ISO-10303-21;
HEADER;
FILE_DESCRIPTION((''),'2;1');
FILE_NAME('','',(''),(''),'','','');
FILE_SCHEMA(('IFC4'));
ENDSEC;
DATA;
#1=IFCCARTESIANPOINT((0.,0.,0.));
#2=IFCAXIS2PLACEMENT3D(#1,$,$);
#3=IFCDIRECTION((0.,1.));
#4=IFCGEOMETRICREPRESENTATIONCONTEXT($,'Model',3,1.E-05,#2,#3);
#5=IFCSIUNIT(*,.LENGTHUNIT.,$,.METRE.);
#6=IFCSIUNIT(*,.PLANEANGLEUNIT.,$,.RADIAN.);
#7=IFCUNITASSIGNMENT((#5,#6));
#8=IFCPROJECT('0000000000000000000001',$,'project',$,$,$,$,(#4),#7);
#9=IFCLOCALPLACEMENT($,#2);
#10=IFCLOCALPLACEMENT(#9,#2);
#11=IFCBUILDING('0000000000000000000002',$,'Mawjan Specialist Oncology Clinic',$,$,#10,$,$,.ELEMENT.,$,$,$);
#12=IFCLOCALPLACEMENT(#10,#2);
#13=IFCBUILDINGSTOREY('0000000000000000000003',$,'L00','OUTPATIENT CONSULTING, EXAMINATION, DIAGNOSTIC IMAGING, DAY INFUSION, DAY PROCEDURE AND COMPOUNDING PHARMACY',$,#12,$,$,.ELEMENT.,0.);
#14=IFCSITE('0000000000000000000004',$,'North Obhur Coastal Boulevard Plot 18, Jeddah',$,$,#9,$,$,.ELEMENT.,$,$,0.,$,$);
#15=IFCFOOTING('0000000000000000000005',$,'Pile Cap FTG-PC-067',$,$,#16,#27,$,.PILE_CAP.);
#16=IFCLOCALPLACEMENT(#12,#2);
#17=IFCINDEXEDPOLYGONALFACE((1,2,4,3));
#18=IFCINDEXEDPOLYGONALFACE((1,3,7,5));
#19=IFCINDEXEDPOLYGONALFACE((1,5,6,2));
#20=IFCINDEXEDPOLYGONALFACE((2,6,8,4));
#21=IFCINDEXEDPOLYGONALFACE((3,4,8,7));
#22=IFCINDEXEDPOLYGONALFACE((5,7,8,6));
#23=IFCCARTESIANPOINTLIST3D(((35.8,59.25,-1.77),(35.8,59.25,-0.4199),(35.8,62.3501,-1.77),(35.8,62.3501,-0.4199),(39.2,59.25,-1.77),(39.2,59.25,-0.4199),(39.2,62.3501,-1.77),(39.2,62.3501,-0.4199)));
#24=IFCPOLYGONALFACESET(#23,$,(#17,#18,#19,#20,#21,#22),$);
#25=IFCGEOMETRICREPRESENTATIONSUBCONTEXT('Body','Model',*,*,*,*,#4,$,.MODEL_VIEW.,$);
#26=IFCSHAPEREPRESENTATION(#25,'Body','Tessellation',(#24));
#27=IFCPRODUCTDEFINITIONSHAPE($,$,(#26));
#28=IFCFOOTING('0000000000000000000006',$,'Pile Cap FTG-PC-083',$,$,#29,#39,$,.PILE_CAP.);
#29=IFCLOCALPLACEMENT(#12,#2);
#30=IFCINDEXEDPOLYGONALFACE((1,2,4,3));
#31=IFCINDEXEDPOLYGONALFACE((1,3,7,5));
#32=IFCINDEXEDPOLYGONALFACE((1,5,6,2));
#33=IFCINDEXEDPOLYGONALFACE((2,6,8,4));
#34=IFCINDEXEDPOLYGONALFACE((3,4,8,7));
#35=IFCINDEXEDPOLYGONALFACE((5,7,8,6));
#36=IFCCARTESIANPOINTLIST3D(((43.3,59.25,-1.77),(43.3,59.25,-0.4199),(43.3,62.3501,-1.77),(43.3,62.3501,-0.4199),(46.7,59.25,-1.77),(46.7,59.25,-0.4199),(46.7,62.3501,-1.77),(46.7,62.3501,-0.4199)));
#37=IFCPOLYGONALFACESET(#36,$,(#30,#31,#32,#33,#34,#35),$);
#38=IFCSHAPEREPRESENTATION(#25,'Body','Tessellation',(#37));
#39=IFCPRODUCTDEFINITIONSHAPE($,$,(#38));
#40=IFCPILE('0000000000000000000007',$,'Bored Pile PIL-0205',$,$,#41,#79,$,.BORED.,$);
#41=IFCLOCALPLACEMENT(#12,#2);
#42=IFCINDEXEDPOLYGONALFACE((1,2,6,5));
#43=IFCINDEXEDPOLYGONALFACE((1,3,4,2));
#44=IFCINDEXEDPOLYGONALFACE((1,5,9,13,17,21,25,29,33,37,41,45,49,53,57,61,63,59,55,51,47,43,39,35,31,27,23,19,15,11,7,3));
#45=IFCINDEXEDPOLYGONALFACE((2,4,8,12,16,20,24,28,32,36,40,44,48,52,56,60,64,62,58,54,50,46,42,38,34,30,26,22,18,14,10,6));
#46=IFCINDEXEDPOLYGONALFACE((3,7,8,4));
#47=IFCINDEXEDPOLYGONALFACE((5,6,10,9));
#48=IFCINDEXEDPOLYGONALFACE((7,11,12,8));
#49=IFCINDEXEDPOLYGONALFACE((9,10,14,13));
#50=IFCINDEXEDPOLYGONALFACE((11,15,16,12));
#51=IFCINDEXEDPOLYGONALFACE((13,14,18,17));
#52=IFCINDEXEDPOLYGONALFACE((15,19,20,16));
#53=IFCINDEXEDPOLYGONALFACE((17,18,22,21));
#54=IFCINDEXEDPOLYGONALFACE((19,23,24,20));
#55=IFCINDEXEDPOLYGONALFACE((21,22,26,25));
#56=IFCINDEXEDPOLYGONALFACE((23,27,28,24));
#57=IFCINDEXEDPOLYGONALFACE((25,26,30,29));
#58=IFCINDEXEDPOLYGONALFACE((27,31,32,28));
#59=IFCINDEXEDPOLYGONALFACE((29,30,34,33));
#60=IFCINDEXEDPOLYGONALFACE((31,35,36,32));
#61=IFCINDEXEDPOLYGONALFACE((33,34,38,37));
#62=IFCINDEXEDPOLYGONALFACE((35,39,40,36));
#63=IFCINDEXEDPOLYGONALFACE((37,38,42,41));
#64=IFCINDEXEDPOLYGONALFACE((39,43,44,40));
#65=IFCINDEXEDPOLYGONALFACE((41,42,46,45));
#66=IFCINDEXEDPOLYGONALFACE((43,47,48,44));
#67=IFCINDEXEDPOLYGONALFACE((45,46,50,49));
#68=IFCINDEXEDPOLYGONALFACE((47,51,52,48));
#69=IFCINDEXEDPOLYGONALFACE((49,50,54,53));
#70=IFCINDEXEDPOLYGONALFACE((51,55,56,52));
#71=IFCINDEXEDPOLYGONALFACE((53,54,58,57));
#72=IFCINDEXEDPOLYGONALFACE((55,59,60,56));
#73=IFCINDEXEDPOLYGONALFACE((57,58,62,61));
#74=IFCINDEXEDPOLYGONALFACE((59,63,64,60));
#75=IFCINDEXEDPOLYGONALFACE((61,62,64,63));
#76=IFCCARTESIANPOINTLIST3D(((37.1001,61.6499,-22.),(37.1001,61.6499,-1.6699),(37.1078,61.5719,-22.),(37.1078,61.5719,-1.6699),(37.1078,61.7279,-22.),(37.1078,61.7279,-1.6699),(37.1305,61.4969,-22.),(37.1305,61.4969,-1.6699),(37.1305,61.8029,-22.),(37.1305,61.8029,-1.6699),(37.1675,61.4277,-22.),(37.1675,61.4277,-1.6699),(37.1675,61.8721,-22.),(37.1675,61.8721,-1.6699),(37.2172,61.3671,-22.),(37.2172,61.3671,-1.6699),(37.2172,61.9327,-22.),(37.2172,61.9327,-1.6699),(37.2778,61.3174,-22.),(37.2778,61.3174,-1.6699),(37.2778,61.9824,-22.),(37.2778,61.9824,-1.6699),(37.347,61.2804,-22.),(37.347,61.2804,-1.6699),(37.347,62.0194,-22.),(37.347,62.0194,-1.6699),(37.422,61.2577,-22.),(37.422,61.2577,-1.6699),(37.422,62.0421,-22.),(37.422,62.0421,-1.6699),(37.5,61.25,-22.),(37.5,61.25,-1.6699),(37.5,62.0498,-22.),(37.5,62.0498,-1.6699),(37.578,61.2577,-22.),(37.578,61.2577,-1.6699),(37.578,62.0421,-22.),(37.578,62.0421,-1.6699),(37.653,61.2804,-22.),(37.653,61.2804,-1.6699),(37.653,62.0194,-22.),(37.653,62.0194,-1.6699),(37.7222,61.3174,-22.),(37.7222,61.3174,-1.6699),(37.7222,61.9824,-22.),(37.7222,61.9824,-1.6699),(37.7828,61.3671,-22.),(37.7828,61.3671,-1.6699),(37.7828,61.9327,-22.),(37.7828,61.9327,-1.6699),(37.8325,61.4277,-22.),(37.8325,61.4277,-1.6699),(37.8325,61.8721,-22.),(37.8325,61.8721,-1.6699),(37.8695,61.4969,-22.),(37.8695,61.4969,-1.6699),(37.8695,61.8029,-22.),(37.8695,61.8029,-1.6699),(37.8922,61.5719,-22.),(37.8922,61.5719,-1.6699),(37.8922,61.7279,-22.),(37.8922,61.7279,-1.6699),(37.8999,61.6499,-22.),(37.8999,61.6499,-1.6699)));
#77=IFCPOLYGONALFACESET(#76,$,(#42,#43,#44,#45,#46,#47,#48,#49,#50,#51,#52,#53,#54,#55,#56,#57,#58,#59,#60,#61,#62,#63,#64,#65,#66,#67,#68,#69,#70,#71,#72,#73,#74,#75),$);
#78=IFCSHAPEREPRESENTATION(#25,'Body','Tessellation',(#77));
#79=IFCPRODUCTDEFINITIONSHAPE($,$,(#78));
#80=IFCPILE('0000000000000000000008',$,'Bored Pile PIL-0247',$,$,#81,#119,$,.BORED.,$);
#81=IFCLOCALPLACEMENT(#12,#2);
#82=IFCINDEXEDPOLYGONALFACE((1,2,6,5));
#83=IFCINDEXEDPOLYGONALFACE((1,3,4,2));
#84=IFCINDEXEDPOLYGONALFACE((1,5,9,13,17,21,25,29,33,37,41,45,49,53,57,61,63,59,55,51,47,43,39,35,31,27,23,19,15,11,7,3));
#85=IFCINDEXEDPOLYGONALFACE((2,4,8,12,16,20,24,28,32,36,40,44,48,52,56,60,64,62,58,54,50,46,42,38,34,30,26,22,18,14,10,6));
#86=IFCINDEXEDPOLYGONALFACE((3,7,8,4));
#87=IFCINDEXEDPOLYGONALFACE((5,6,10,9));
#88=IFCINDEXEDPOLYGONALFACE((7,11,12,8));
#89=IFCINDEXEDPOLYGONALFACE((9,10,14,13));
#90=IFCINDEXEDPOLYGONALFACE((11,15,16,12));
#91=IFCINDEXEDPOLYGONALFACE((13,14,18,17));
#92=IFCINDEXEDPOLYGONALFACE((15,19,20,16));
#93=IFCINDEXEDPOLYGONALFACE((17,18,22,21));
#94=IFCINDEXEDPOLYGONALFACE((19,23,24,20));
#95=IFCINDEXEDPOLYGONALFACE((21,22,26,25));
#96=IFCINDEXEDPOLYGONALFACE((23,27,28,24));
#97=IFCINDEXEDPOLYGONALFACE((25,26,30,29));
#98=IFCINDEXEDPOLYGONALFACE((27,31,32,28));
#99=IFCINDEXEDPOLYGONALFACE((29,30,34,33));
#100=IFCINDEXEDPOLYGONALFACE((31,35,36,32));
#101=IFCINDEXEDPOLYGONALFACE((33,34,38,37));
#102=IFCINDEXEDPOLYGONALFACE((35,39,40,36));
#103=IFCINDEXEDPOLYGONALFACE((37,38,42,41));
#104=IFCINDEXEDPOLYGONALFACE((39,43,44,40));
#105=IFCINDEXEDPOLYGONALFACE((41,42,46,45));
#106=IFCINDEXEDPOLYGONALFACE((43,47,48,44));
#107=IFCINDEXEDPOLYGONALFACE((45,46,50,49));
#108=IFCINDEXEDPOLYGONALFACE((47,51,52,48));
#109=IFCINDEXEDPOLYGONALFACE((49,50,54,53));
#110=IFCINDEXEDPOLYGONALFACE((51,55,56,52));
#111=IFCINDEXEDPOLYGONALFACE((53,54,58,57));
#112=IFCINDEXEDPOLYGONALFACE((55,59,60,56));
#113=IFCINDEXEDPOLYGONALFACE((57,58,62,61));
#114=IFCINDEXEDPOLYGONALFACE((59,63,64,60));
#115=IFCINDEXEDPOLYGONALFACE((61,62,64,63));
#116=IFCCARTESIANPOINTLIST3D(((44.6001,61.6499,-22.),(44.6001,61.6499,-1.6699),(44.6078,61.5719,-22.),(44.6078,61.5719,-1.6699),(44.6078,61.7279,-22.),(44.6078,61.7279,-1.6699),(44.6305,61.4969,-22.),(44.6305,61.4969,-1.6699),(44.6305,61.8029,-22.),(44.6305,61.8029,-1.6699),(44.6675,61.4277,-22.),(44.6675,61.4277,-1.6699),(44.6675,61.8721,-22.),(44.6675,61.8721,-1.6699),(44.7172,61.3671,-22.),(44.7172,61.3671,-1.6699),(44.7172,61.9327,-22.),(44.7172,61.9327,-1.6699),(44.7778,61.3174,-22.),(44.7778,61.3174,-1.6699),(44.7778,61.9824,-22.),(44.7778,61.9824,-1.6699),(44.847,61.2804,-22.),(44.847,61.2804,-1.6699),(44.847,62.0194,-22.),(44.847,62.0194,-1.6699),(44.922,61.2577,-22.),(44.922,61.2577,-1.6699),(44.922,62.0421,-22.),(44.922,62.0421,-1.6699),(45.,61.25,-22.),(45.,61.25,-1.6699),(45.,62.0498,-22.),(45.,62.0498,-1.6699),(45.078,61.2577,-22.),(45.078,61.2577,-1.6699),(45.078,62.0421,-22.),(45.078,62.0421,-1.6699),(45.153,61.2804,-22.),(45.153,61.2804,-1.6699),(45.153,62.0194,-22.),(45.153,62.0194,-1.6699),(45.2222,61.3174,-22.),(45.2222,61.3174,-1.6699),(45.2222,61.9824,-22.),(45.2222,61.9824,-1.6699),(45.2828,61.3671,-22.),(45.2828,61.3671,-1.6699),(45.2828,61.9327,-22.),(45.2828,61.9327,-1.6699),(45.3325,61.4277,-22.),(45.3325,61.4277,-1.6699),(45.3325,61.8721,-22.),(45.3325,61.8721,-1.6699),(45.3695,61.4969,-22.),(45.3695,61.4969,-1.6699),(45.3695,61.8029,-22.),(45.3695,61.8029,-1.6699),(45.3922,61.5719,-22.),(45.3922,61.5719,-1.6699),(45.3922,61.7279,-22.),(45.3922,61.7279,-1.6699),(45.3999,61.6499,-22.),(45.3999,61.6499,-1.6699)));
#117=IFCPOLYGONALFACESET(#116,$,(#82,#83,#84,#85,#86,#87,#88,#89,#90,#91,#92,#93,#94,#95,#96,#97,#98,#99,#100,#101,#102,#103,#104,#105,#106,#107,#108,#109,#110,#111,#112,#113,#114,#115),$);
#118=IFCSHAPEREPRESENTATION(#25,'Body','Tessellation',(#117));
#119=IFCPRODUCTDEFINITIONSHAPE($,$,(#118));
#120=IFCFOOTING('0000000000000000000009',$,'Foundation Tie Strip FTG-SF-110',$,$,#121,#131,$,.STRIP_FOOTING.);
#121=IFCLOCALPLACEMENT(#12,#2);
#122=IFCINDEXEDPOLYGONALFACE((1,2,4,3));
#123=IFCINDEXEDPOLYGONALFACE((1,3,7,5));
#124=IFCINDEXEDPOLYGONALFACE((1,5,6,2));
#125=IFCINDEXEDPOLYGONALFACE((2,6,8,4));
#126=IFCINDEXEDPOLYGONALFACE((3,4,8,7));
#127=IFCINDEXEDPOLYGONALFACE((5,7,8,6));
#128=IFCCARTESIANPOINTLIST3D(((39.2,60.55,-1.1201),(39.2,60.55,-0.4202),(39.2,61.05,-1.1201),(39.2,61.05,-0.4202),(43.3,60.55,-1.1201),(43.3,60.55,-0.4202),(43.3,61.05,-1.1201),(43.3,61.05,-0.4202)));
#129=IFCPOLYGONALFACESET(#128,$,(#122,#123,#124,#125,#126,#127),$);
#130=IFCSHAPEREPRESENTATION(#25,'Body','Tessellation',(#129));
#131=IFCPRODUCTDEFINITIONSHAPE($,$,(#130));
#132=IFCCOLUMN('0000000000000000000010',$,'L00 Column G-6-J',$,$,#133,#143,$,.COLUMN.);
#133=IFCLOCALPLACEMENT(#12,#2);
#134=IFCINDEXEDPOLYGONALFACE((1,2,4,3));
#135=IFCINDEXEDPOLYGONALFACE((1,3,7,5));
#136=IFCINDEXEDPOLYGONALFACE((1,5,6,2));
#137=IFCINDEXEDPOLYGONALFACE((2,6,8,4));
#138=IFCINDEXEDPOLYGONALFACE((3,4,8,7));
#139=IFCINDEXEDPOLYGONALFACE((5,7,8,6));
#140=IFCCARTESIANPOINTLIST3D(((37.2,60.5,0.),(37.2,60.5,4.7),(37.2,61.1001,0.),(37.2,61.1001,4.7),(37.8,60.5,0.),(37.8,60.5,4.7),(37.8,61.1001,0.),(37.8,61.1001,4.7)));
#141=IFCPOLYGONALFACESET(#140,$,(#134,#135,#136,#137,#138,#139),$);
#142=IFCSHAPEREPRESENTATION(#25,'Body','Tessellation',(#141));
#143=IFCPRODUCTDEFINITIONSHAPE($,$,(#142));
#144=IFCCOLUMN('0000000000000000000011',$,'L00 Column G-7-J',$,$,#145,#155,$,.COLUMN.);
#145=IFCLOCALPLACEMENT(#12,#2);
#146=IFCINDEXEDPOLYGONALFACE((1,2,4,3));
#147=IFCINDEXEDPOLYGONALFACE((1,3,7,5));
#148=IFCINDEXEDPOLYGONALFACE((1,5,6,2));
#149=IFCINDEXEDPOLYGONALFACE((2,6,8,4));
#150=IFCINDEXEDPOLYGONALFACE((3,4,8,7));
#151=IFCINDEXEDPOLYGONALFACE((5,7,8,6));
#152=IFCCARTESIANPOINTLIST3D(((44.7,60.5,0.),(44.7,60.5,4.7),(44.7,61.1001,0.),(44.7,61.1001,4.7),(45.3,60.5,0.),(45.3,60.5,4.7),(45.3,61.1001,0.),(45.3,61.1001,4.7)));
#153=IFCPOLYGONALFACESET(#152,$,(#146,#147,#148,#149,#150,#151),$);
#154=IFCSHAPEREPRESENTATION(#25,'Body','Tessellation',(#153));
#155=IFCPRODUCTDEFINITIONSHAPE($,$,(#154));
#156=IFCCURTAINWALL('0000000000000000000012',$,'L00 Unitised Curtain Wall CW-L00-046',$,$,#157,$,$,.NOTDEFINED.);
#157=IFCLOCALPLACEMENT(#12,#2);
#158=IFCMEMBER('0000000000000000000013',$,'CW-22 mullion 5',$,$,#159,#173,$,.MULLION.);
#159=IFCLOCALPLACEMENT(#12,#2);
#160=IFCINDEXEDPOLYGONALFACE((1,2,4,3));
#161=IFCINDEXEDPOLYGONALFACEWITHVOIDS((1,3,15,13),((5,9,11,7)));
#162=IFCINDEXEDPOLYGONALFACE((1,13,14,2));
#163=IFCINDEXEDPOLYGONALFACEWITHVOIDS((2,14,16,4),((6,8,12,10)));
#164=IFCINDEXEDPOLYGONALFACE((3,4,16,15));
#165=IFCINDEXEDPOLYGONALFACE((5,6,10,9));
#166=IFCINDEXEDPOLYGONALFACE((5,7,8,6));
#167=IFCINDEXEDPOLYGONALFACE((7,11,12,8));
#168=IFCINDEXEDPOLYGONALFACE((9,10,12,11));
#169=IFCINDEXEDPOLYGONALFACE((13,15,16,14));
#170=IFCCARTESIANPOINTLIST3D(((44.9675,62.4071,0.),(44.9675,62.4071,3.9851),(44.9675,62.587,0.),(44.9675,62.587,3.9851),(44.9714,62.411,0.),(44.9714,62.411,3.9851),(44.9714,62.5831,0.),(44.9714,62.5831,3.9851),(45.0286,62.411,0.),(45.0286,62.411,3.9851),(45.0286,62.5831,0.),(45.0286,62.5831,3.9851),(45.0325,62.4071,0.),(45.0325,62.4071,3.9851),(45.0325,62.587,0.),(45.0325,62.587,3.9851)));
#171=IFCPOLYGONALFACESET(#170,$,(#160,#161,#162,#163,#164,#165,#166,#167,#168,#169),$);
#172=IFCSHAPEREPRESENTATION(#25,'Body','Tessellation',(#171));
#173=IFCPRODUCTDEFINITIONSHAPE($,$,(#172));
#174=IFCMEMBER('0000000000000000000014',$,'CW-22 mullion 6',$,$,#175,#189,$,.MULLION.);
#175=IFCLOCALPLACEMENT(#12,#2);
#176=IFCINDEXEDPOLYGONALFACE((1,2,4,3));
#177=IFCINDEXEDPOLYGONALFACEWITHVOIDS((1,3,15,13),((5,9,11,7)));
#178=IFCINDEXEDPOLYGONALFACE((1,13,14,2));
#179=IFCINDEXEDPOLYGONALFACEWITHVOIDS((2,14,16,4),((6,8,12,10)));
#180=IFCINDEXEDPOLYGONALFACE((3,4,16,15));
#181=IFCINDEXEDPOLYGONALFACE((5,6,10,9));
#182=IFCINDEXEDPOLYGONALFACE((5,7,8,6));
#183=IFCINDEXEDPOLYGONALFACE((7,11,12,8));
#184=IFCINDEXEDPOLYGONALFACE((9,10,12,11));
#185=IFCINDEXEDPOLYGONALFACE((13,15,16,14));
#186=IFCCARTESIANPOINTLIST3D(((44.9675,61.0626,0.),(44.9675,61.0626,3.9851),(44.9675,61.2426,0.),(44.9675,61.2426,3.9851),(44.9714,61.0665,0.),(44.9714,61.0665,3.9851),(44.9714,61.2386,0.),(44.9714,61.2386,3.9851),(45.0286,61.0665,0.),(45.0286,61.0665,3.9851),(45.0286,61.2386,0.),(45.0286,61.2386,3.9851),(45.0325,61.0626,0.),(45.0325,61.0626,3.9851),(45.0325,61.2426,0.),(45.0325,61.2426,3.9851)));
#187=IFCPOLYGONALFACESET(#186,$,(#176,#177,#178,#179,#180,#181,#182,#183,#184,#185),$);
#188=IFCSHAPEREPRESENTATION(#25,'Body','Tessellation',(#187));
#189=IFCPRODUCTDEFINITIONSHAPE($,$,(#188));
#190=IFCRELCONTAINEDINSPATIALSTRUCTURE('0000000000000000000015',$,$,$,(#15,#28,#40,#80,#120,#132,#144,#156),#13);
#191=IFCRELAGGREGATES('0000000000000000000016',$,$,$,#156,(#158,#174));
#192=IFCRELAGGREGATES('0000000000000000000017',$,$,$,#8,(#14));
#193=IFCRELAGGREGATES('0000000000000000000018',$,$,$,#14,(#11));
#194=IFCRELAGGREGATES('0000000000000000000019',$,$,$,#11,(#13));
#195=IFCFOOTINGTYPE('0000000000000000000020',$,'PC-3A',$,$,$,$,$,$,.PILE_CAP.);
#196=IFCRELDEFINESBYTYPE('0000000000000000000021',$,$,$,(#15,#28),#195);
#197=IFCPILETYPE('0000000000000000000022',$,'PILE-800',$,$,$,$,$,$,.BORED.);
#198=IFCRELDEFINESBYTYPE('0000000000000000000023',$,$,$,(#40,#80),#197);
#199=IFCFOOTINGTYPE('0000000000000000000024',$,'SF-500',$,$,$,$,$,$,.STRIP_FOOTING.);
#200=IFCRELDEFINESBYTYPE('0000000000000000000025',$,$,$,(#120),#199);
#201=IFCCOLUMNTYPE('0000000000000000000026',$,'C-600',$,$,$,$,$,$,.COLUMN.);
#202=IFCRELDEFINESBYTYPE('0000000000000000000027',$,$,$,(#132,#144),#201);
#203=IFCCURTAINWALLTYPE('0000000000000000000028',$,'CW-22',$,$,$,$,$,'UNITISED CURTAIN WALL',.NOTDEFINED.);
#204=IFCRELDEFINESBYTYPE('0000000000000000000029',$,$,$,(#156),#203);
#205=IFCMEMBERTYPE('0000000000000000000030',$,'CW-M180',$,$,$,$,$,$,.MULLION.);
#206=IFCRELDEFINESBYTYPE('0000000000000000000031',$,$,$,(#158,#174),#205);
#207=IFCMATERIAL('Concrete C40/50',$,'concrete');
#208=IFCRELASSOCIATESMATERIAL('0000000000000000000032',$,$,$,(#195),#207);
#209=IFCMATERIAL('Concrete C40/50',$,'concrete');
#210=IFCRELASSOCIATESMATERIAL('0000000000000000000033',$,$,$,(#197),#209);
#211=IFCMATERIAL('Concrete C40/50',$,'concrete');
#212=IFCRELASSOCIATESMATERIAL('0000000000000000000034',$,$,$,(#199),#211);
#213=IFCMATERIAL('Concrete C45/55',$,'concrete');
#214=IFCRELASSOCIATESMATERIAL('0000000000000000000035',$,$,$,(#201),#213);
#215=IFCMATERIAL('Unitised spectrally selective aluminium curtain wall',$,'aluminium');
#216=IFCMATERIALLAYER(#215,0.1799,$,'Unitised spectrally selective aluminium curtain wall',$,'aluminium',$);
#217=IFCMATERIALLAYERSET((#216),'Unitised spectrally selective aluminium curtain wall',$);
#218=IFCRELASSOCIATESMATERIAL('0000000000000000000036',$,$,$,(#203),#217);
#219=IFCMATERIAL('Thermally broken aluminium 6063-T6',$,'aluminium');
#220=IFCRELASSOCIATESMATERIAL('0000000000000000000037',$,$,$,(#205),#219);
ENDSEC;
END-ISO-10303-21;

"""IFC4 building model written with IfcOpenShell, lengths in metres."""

from ifc_helpers import new_model, si_unit, direction, frame, origin, origin_2d, place, context, subcontext, project, spatial, rectangle, hollow_rectangle, circle, extrude, material, layer, layer_set, material_profile, profile_set, type_object, element, aggregate, save


model = new_model("IFC4")

# Units and contexts
model_context = context("Model", 3, precision=1e-05, world=origin(), true_north=direction((0.0, 1.0)))
body_context = subcontext(model_context, "Body", "Model", "MODEL_VIEW")
ifc_project = project(units=[si_unit("LENGTHUNIT", "METRE"), si_unit("PLANEANGLEUNIT", "RADIAN")], contexts=[model_context])

# Site, building, storey
site_placement = place(None, origin())
site = spatial("IfcSite", under=ifc_project, at=site_placement, Name="North Obhur Coastal Boulevard Plot 18, Jeddah", CompositionType="ELEMENT", RefElevation=0.0)
building_placement = place(site_placement, origin())
building = spatial("IfcBuilding", under=site, at=building_placement, Name="Mawjan Specialist Oncology Clinic", CompositionType="ELEMENT")
storey_placement = place(building_placement, origin())
storey = spatial("IfcBuildingStorey", under=building, at=storey_placement, Name="L00", Description="OUTPATIENT CONSULTING, EXAMINATION, DIAGNOSTIC IMAGING, DAY INFUSION, DAY PROCEDURE AND COMPOUNDING PHARMACY", CompositionType="ELEMENT", Elevation=0.0)

# Footings
ifc_material_1 = material(Name="Concrete C40/50", Category="concrete")
footing_type_1 = type_object("IfcFootingType", Name="PC-3A", PredefinedType="PILE_CAP", material=ifc_material_1)
for number, where, z_axis, x_axis, name in (
    (1, (37.5, 60.8, -1.77), (0.0, 0.0, 1.0), (1.0, 0.0, 0.0), "Pile Cap FTG-PC-067"),
    (2, (45.0, 60.8, -1.77), (0.0, 0.0, 1.0), (1.0, 0.0, 0.0), "Pile Cap FTG-PC-083"),
):
    element("IfcFooting", number, at=place(storey_placement, frame(where, z_axis=z_axis, x_axis=x_axis)), inside=storey, type_object=footing_type_1, Name=name, PredefinedType="PILE_CAP", context=body_context, shape_type="SweptSolid", body=[
        extrude(rectangle(XDim=3.3999, YDim=3.1001, at=origin_2d()), origin(), (0.0, 0.0, 1.0), 1.3501),
    ])

# Piles
ifc_material_2 = material(Name="Concrete C40/50", Category="concrete")
ifc_material_profile_1 = material_profile(ifc_material_2, circle(Radius=0.3999, at=origin_2d()), Name="BORED PILE D800", Category="concrete")
ifc_profile_set_1 = profile_set([ifc_material_profile_1], Name="Concrete C40/50")
pile_type = type_object("IfcPileType", Name="PILE-800", PredefinedType="BORED", material=ifc_profile_set_1)
for number, where, z_axis, x_axis, name in (
    (3, (37.5, 61.6499, -1.6699), (0.0, 0.0, -1.0), (1.0, 0.0, 0.0), "Bored Pile PIL-0205"),
    (4, (45.0, 61.6499, -1.6699), (0.0, 0.0, -1.0), (1.0, 0.0, 0.0), "Bored Pile PIL-0247"),
):
    element("IfcPile", number, at=place(storey_placement, frame(where, z_axis=z_axis, x_axis=x_axis)), inside=storey, type_object=pile_type, Name=name, PredefinedType="BORED", context=body_context, shape_type="SweptSolid", body=[
        extrude(circle(Radius=0.3999, at=origin_2d()), origin(), (0.0, 0.0, 1.0), 20.3301),
    ])

# Footing
ifc_material_3 = material(Name="Concrete C40/50", Category="concrete")
footing_type_2 = type_object("IfcFootingType", Name="SF-500", PredefinedType="STRIP_FOOTING", material=ifc_material_3)
footing_placement = place(storey_placement, frame((41.25, 60.8, -1.1201), z_axis=(0.0, 0.0, 1.0), x_axis=(1.0, 0.0, 0.0)))
element("IfcFooting", 5, at=footing_placement, inside=storey, type_object=footing_type_2, Name="Foundation Tie Strip FTG-SF-110", PredefinedType="STRIP_FOOTING", context=body_context, shape_type="SweptSolid", body=[
    extrude(rectangle(XDim=4.1001, YDim=0.5, at=origin_2d()), origin(), (0.0, 0.0, 1.0), 0.7),
])

# Columns
ifc_material_4 = material(Name="Concrete C45/55", Category="concrete")
ifc_material_profile_2 = material_profile(ifc_material_4, rectangle(XDim=0.6001, YDim=0.6001, at=origin_2d()), Name="RC COL 600x600", Category="concrete")
ifc_profile_set_2 = profile_set([ifc_material_profile_2], Name="Concrete C45/55")
column_type = type_object("IfcColumnType", Name="C-600", PredefinedType="COLUMN", material=ifc_profile_set_2)
for number, where, z_axis, x_axis, name in (
    (6, (37.5, 60.8, 0.0), (0.0, 0.0, 1.0), (1.0, 0.0, 0.0), "L00 Column G-6-J"),
    (7, (45.0, 60.8, 0.0), (0.0, 0.0, 1.0), (1.0, 0.0, 0.0), "L00 Column G-7-J"),
):
    element("IfcColumn", number, at=place(storey_placement, frame(where, z_axis=z_axis, x_axis=x_axis)), inside=storey, type_object=column_type, Name=name, PredefinedType="COLUMN", context=body_context, shape_type="SweptSolid", body=[
        extrude(rectangle(XDim=0.6001, YDim=0.6001, at=origin_2d()), origin(), (0.0, 0.0, 1.0), 4.7),
    ])

# Curtain wall, members
ifc_material_5 = material(Name="Unitised spectrally selective aluminium curtain wall", Category="aluminium")
ifc_layer_1 = layer(ifc_material_5, 0.1799, Name="Unitised spectrally selective aluminium curtain wall", Category="aluminium")
ifc_layer_set_1 = layer_set([ifc_layer_1], Name="Unitised spectrally selective aluminium curtain wall")
curtain_wall_type_1 = type_object("IfcCurtainWallType", Name="CW-22", ElementType="UNITISED CURTAIN WALL", PredefinedType="NOTDEFINED", material=ifc_layer_set_1)
curtain_wall_1_placement = place(storey_placement, origin())
curtain_wall_1 = element("IfcCurtainWall", 8, at=curtain_wall_1_placement, inside=storey, type_object=curtain_wall_type_1, Name="L00 Unitised Curtain Wall CW-L00-046", PredefinedType="NOTDEFINED")
ifc_material_6 = material(Name="Thermally broken aluminium 6063-T6", Category="aluminium")
ifc_material_profile_3 = material_profile(ifc_material_6, hollow_rectangle(XDim=0.0649, YDim=0.1799, WallThickness=0.0039, at=origin_2d()), Name="ALU MULLION 180x65x4", Category="aluminium")
ifc_profile_set_3 = profile_set([ifc_material_profile_3], Name="Thermally broken aluminium 6063-T6")
member_type_1 = type_object("IfcMemberType", Name="CW-M180", PredefinedType="MULLION", material=ifc_profile_set_3)
member_1_placement = place(storey_placement, frame((45.0, 62.4971, 0.0), z_axis=(0.0, 0.0, 1.0), x_axis=(1.0, 0.0, 0.0)))
member_1 = element("IfcMember", 9, at=member_1_placement, type_object=member_type_1, Name="CW-22 mullion 5", PredefinedType="MULLION", context=body_context, shape_type="SweptSolid", body=[
    extrude(hollow_rectangle(XDim=0.0649, YDim=0.1799, WallThickness=0.0039, at=origin_2d()), origin(), (0.0, 0.0, 1.0), 3.9851),
])
member_2_placement = place(storey_placement, frame((45.0, 61.1526, 0.0), z_axis=(0.0, 0.0, 1.0), x_axis=(1.0, 0.0, 0.0)))
member_2 = element("IfcMember", 10, at=member_2_placement, type_object=member_type_1, Name="CW-22 mullion 6", PredefinedType="MULLION", context=body_context, shape_type="SweptSolid", body=[
    extrude(hollow_rectangle(XDim=0.0649, YDim=0.1799, WallThickness=0.0039, at=origin_2d()), origin(), (0.0, 0.0, 1.0), 3.9851),
])

aggregate(curtain_wall_1, [member_1, member_2])

save(model, "model.ifc")
